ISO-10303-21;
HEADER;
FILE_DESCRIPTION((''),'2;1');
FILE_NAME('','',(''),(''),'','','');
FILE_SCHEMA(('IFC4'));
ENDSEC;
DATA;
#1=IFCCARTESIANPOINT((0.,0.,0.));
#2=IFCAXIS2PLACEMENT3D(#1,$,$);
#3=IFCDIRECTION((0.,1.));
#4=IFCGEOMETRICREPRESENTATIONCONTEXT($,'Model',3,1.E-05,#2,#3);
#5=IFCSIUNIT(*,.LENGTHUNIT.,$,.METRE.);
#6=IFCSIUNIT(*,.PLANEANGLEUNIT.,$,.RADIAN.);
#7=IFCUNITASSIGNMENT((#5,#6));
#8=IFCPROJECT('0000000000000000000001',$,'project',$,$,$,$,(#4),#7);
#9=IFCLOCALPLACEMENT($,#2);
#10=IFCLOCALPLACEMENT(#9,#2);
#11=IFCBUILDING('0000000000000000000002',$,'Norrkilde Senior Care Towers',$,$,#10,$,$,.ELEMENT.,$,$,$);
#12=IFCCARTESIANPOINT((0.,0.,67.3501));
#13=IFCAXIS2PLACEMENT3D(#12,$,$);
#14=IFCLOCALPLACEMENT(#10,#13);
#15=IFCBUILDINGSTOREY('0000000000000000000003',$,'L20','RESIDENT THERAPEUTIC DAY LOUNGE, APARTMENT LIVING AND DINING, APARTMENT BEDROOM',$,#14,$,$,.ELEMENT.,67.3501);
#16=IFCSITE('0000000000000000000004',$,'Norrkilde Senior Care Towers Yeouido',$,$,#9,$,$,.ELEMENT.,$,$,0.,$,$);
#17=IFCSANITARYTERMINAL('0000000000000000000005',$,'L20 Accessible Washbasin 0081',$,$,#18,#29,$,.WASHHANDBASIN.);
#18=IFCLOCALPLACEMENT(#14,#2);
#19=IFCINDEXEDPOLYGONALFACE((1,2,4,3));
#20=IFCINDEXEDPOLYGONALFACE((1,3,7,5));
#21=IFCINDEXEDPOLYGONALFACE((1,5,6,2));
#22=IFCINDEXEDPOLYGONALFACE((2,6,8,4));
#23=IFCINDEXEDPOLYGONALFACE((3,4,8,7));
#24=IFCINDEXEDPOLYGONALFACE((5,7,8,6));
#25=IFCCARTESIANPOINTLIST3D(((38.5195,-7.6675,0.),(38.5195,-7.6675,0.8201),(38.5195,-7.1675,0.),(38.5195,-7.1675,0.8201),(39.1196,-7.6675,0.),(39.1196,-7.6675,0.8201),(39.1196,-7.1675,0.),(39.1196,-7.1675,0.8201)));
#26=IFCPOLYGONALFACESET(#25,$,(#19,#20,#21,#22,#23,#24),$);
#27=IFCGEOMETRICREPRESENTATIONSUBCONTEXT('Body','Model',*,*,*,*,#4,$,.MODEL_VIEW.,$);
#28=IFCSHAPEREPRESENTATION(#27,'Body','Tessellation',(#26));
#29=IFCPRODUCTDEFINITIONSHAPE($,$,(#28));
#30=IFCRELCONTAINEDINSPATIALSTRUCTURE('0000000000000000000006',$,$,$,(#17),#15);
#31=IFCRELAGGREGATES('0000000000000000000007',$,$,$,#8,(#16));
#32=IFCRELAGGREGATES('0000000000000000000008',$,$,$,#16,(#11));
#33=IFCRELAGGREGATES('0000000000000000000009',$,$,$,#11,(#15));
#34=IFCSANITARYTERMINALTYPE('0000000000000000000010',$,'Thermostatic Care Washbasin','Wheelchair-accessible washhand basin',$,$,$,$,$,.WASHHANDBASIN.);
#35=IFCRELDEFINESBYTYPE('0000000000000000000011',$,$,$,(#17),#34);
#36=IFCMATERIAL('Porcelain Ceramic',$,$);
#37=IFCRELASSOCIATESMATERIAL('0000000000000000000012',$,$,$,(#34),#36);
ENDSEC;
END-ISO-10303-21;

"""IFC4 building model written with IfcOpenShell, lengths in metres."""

from ifc_helpers import new_model, si_unit, direction, frame, origin, origin_2d, place, context, subcontext, project, spatial, rectangle, extrude, source, transform, mapped, material, type_object, type_shapes, element, save


model = new_model("IFC4")

# Units and contexts
model_context = context("Model", 3, precision=1e-05, world=origin(), true_north=direction((0.0, 1.0)))
body_context = subcontext(model_context, "Body", "Model", "MODEL_VIEW")
ifc_project = project(units=[si_unit("LENGTHUNIT", "METRE"), si_unit("PLANEANGLEUNIT", "RADIAN")], contexts=[model_context])

# Site, building, storey
site_placement = place(None, origin())
site = spatial("IfcSite", under=ifc_project, at=site_placement, Name="Norrkilde Senior Care Towers Yeouido", CompositionType="ELEMENT", RefElevation=0.0)
building_placement = place(site_placement, origin())
building = spatial("IfcBuilding", under=site, at=building_placement, Name="Norrkilde Senior Care Towers", CompositionType="ELEMENT")
storey_placement = place(building_placement, frame((0.0, 0.0, 67.3501)))
storey = spatial("IfcBuildingStorey", under=building, at=storey_placement, Name="L20", Description="RESIDENT THERAPEUTIC DAY LOUNGE, APARTMENT LIVING AND DINING, APARTMENT BEDROOM", CompositionType="ELEMENT", Elevation=67.3501)

# Sanitary terminal
ifc_material_1 = material(Name="Porcelain Ceramic")
sanitary_terminal_type_1 = type_object("IfcSanitaryTerminalType", Name="Thermostatic Care Washbasin", Description="Wheelchair-accessible washhand basin", PredefinedType="WASHHANDBASIN", material=ifc_material_1)
shared_shape_1 = source(origin(), body_context, "Body", "SweptSolid", [
    extrude(rectangle(XDim=0.6001, YDim=0.5, at=origin_2d()), origin(), (0.0, 0.0, 1.0), 0.8201),
])
type_shapes(sanitary_terminal_type_1, [shared_shape_1])
sanitary_terminal_1_placement = place(storey_placement, frame((38.8196, -7.4175, 0.0), z_axis=(0.0, 0.0, 1.0), x_axis=(1.0, 0.0, 0.0)))
element("IfcSanitaryTerminal", 1, at=sanitary_terminal_1_placement, inside=storey, type_object=sanitary_terminal_type_1, Name="L20 Accessible Washbasin 0081", PredefinedType="WASHHANDBASIN", context=body_context, shape_type="MappedRepresentation", body=[
    mapped(shared_shape_1, transform((0.0, 0.0, 0.0), x_axis=(1.0, 0.0, 0.0), y_axis=(0.0, 1.0, 0.0), z_axis=(0.0, 0.0, 1.0), scale=1.0)),
])

save(model, "model.ifc")
